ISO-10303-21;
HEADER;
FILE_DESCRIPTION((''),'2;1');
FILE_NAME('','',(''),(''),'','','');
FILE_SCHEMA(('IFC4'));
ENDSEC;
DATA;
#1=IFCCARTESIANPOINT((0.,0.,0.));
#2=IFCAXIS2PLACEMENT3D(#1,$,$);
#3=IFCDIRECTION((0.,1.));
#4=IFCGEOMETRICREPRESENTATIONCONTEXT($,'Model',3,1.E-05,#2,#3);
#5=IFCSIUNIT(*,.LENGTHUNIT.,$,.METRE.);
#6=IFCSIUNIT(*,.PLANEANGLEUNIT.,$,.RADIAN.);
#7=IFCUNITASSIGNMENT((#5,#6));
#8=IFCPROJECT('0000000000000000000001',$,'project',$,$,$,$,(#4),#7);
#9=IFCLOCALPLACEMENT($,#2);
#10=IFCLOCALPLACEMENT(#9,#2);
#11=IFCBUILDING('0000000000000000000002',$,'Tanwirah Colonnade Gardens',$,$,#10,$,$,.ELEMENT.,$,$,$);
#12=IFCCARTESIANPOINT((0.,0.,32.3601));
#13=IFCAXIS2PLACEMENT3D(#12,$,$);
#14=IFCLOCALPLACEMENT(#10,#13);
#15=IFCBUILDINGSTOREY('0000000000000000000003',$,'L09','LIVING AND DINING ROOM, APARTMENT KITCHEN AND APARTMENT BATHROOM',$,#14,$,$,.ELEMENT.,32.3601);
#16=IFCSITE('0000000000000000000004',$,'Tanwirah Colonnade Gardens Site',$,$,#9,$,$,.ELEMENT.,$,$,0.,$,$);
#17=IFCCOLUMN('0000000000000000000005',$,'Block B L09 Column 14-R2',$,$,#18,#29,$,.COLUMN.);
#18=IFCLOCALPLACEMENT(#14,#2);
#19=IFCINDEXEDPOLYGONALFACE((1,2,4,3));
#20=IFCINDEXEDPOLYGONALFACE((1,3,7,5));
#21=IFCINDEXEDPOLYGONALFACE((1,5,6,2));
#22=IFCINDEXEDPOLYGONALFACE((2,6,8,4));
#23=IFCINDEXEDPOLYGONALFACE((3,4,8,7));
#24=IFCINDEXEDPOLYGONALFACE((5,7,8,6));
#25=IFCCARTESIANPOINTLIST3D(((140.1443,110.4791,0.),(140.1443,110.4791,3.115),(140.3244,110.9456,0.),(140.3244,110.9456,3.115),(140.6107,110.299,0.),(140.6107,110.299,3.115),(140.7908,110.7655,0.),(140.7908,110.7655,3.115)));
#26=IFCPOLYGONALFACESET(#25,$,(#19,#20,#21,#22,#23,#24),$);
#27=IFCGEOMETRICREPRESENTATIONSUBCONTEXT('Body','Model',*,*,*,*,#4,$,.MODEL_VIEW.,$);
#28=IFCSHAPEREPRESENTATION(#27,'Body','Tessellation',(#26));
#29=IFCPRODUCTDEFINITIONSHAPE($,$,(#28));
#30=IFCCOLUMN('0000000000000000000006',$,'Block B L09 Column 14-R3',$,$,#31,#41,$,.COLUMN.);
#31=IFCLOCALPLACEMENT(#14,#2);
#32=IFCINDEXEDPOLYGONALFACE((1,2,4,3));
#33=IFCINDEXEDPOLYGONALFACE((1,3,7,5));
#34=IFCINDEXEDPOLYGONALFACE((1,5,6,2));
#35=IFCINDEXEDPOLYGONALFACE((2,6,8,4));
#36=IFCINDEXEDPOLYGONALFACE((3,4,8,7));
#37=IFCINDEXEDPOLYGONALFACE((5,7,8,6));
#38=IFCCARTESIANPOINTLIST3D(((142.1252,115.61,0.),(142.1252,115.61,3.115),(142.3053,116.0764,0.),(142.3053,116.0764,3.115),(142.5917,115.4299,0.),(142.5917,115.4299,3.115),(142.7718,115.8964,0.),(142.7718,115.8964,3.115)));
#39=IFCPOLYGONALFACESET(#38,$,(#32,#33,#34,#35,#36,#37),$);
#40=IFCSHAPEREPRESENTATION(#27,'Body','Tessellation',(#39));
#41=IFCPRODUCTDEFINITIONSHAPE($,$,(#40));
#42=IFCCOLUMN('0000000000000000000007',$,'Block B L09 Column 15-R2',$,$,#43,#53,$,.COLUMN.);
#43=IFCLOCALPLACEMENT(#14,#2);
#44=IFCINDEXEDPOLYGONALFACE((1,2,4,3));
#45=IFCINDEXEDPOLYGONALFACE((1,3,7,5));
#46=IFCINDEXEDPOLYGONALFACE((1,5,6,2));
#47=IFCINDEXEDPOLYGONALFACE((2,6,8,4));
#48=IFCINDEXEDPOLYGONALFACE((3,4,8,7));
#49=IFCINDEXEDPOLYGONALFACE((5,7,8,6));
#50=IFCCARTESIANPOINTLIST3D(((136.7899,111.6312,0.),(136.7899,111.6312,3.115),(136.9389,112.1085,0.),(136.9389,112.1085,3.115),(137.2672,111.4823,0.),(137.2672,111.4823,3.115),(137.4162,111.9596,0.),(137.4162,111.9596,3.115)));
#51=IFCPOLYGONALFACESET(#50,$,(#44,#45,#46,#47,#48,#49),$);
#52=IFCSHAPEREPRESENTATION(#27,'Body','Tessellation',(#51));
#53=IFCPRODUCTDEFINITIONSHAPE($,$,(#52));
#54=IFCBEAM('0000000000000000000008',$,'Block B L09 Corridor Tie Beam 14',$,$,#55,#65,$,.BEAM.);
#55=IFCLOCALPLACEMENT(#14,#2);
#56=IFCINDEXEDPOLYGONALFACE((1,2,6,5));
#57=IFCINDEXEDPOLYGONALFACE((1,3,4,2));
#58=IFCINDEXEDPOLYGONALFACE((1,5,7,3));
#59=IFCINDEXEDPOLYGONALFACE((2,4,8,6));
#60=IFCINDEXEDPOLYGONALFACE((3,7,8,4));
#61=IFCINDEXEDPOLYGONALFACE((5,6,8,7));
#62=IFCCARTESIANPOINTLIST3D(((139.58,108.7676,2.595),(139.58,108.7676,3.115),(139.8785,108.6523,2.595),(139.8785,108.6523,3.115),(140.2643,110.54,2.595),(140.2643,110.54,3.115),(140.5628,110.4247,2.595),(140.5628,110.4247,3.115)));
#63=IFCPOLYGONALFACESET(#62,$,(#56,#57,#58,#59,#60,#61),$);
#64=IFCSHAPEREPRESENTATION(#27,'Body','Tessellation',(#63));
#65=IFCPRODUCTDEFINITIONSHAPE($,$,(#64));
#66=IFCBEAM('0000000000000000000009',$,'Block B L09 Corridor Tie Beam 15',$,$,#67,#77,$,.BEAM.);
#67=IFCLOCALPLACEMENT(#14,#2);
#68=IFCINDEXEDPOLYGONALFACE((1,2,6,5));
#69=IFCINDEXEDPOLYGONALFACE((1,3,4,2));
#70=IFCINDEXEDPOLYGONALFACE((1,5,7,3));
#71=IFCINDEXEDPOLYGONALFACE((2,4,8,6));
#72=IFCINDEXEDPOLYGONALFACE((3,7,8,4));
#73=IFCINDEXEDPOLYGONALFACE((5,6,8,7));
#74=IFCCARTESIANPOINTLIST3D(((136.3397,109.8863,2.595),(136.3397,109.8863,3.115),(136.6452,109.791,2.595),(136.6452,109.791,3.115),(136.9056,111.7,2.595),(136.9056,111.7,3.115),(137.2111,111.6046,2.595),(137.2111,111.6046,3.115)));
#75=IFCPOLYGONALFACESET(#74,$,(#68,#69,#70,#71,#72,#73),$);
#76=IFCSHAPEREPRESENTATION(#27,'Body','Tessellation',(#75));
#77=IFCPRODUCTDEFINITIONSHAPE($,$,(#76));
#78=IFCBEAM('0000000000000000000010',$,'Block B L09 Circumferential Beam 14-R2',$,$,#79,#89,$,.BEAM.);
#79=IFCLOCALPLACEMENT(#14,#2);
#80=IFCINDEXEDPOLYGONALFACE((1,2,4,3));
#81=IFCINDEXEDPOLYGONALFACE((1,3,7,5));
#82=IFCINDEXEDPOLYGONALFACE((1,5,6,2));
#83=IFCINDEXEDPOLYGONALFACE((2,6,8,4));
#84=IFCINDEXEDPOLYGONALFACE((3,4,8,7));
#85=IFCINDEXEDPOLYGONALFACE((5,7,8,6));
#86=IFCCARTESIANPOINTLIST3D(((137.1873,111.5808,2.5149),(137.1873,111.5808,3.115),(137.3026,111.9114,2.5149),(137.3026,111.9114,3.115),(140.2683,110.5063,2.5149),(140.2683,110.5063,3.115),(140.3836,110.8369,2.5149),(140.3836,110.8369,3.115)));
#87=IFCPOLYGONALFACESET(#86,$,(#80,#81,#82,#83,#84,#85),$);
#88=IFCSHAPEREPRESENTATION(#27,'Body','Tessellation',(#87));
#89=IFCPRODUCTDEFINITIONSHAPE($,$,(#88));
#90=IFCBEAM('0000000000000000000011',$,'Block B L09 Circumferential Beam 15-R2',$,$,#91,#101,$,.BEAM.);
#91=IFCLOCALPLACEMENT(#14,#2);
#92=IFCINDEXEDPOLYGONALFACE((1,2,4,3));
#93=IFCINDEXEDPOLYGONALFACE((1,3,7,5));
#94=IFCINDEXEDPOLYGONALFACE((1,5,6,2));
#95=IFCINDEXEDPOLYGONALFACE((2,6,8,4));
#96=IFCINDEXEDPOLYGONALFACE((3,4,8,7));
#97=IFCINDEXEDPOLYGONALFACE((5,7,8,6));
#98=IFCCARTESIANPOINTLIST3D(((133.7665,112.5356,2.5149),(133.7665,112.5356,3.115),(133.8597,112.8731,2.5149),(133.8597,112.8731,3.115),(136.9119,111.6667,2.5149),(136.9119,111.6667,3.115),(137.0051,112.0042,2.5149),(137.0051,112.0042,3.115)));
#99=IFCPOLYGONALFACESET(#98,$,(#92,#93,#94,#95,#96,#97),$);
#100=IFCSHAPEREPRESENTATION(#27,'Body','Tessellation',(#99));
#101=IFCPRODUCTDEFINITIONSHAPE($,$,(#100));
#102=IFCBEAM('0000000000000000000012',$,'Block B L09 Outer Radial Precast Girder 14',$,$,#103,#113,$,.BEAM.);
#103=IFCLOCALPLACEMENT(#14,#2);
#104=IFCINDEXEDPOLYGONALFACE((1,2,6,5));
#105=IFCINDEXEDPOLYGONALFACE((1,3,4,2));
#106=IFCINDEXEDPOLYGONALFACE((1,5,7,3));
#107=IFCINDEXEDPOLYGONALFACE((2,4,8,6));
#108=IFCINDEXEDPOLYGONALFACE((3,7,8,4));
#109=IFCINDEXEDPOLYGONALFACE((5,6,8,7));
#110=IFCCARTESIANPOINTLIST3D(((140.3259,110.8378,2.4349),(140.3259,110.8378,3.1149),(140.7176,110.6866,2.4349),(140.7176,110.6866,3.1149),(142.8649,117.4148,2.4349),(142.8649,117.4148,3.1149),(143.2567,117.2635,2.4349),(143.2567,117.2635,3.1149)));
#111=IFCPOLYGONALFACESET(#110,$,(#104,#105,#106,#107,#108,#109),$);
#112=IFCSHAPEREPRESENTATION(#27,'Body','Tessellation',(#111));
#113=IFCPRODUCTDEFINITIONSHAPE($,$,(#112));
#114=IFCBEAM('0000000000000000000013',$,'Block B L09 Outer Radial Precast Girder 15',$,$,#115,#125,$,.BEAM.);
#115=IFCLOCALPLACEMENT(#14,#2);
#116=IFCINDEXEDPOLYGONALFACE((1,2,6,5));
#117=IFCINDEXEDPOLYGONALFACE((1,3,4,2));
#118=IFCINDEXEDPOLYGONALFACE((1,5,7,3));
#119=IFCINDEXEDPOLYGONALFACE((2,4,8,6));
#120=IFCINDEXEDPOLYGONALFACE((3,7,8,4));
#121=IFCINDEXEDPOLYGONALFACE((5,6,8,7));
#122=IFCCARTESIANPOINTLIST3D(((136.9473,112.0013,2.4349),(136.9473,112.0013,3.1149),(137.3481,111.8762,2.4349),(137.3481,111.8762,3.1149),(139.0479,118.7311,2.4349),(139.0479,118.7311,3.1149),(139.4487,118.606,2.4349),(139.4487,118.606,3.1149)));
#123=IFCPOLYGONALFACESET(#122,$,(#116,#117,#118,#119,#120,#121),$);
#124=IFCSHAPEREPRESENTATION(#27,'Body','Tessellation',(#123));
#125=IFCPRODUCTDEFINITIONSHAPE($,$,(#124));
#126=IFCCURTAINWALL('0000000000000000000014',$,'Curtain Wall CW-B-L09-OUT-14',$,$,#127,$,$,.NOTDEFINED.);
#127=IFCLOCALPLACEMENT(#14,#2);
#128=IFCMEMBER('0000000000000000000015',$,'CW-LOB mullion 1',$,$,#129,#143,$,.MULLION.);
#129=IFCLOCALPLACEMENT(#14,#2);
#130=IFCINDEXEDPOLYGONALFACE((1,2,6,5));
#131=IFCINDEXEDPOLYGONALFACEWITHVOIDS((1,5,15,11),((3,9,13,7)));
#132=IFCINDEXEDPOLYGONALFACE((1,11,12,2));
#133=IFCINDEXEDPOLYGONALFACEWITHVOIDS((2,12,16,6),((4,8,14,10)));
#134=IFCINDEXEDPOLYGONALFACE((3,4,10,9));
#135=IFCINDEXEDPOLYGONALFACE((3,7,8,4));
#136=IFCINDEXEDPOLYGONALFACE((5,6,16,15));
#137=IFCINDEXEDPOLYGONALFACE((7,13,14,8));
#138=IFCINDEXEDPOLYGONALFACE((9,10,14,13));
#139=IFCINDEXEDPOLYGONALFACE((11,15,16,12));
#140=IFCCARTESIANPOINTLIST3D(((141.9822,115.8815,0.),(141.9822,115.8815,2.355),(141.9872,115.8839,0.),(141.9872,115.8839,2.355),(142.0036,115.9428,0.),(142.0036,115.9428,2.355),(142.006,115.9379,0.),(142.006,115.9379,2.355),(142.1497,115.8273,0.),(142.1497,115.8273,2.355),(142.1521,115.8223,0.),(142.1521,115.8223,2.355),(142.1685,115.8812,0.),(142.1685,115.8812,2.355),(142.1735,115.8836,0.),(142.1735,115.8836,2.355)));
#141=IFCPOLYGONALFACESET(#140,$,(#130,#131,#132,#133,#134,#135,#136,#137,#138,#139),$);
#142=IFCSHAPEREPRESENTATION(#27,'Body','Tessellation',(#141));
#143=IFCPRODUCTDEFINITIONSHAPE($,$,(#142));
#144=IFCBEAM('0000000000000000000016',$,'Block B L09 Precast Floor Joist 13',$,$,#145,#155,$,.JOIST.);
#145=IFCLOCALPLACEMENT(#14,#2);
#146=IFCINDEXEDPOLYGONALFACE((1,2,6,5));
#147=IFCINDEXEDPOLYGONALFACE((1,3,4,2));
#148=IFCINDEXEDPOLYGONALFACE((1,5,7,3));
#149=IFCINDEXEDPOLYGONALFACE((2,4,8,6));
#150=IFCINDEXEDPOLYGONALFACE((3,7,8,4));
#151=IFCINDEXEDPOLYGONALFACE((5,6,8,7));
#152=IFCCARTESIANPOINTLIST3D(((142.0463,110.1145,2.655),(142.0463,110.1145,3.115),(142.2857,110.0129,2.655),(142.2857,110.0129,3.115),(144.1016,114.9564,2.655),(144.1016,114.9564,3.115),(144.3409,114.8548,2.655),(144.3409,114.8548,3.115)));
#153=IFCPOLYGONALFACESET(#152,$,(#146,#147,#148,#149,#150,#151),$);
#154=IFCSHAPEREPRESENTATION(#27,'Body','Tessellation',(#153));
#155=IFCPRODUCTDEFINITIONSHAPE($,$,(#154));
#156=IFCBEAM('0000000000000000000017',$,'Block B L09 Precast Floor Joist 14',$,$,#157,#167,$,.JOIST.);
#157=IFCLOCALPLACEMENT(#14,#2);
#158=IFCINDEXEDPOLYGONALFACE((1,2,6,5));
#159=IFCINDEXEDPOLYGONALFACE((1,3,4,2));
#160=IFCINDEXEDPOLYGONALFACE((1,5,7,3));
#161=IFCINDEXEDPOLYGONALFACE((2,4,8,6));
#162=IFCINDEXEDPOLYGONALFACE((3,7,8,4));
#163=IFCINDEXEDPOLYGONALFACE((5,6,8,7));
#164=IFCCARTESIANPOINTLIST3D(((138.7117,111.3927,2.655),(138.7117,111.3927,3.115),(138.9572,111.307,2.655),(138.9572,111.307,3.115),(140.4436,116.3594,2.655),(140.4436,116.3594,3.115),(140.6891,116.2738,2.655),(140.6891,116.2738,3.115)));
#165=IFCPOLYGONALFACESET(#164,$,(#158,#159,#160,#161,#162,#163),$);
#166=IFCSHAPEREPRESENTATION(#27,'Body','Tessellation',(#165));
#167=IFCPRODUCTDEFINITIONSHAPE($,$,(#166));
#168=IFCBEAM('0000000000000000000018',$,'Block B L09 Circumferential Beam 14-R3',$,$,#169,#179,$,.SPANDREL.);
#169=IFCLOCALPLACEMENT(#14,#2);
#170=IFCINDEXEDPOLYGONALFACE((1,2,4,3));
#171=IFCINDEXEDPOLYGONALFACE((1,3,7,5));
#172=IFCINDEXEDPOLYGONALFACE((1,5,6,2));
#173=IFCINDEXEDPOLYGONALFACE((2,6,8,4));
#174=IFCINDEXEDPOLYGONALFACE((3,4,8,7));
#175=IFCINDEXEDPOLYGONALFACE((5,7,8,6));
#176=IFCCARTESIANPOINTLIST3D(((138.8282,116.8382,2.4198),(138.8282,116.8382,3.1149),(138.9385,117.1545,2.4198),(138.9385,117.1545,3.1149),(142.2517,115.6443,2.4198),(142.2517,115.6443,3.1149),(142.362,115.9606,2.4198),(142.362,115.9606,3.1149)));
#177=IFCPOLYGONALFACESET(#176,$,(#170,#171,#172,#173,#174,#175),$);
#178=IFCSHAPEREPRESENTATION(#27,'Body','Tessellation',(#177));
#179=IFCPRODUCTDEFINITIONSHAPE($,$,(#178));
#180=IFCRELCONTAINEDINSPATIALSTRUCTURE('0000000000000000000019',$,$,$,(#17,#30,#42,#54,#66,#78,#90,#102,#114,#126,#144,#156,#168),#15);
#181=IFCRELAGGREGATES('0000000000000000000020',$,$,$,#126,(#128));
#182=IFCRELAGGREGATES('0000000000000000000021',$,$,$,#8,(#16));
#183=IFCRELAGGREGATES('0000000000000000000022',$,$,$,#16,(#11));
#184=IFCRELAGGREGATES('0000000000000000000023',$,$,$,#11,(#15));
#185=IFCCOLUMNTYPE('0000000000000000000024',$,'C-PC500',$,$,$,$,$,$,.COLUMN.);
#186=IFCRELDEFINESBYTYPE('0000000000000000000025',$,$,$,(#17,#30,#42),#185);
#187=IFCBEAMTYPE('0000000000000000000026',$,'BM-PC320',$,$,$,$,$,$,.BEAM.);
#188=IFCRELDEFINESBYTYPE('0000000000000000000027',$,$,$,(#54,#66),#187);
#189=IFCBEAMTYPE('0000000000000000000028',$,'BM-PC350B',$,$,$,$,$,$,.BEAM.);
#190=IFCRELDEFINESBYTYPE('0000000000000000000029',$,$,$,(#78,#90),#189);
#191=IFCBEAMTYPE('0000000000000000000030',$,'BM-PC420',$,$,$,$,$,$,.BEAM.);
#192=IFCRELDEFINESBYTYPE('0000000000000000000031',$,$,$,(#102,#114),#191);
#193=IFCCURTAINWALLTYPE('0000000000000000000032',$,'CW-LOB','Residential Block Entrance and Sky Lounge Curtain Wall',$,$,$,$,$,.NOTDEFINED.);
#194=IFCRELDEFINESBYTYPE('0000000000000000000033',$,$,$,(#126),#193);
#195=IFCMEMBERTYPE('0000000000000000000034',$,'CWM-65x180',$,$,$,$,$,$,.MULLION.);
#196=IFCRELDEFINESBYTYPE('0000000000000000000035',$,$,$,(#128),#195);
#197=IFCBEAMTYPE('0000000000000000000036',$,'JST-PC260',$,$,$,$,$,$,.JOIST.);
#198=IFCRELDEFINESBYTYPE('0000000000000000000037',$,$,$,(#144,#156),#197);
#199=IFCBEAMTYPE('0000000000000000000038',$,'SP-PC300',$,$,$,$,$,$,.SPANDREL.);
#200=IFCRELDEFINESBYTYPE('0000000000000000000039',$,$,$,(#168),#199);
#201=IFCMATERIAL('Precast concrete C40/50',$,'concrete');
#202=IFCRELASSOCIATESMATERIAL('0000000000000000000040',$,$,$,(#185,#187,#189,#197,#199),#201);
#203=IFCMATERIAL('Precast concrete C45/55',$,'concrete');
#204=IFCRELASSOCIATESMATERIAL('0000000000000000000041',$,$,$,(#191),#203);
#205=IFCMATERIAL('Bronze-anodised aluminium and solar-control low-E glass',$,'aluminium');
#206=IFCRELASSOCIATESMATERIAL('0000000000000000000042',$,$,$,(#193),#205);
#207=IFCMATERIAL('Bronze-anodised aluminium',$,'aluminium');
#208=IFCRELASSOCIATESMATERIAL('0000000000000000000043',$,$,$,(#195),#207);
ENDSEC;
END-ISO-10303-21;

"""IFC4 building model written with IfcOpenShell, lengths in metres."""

from ifc_helpers import new_model, si_unit, direction, frame, origin, origin_2d, place, context, subcontext, project, spatial, rectangle, hollow_rectangle, extrude, material, material_profile, profile_set, type_object, element, aggregate, save


model = new_model("IFC4")

# Units and contexts
model_context = context("Model", 3, precision=1e-05, world=origin(), true_north=direction((0.0, 1.0)))
body_context = subcontext(model_context, "Body", "Model", "MODEL_VIEW")
ifc_project = project(units=[si_unit("LENGTHUNIT", "METRE"), si_unit("PLANEANGLEUNIT", "RADIAN")], contexts=[model_context])

# Site, building, storey
site_placement = place(None, origin())
site = spatial("IfcSite", under=ifc_project, at=site_placement, Name="Tanwirah Colonnade Gardens Site", CompositionType="ELEMENT", RefElevation=0.0)
building_placement = place(site_placement, origin())
building = spatial("IfcBuilding", under=site, at=building_placement, Name="Tanwirah Colonnade Gardens", CompositionType="ELEMENT")
storey_placement = place(building_placement, frame((0.0, 0.0, 32.3601)))
storey = spatial("IfcBuildingStorey", under=building, at=storey_placement, Name="L09", Description="LIVING AND DINING ROOM, APARTMENT KITCHEN AND APARTMENT BATHROOM", CompositionType="ELEMENT", Elevation=32.3601)

# Columns
ifc_material_1 = material(Name="Precast concrete C40/50", Category="concrete")
ifc_material_profile_1 = material_profile(ifc_material_1, rectangle(XDim=0.5, YDim=0.5, at=origin_2d()), Name="PC-COL 500x500")
ifc_profile_set_1 = profile_set([ifc_material_profile_1], Name="Precast concrete C40/50")
column_type = type_object("IfcColumnType", Name="C-PC500", PredefinedType="COLUMN", material=ifc_profile_set_1)
for number, where, z_axis, x_axis, name in (
    (1, (140.4675, 110.6223, 0.0), (0.0, 0.0, 1.0), (0.360178, 0.932884, 0.0), "Block B L09 Column 14-R2"),
    (2, (142.4485, 115.7532, 0.0), (0.0, 0.0, 1.0), (0.360178, 0.932884, 0.0), "Block B L09 Column 14-R3"),
    (3, (137.103, 111.7954, 0.0), (0.0, 0.0, 1.0), (0.29793, 0.954588, 0.0), "Block B L09 Column 15-R2"),
):
    element("IfcColumn", number, at=place(storey_placement, frame(where, z_axis=z_axis, x_axis=x_axis)), inside=storey, type_object=column_type, Name=name, PredefinedType="COLUMN", context=body_context, shape_type="SweptSolid", body=[
        extrude(rectangle(XDim=0.5, YDim=0.5, at=origin_2d()), origin(), (0.0, 0.0, 1.0), 3.115),
    ])

# Beams
ifc_material_profile_2 = material_profile(ifc_material_1, rectangle(XDim=0.3201, YDim=0.52, at=origin_2d()), Name="PC-BM 320x520")
ifc_profile_set_2 = profile_set([ifc_material_profile_2], Name="Precast concrete C40/50")
beam_type_1 = type_object("IfcBeamType", Name="BM-PC320", PredefinedType="BEAM", material=ifc_profile_set_2)
for number, where, z_axis, x_axis, name in (
    (4, (139.7292, 108.71, 2.855), (0.360176, 0.932885, 0.0), (-0.932885, 0.360176, 0.0), "Block B L09 Corridor Tie Beam 14"),
    (5, (136.4924, 109.8386, 2.855), (0.297858, 0.95461, 0.0), (-0.95461, 0.297858, 0.0), "Block B L09 Corridor Tie Beam 15"),
):
    element("IfcBeam", number, at=place(storey_placement, frame(where, z_axis=z_axis, x_axis=x_axis)), inside=storey, type_object=beam_type_1, Name=name, PredefinedType="BEAM", context=body_context, shape_type="SweptSolid", body=[
        extrude(rectangle(XDim=0.3201, YDim=0.52, at=origin_2d()), origin(), (0.0, 0.0, 1.0), 1.8999),
    ])
ifc_material_profile_3 = material_profile(ifc_material_1, rectangle(XDim=0.3501, YDim=0.6001, at=origin_2d()), Name="PC-BM 350x600")
ifc_profile_set_3 = profile_set([ifc_material_profile_3], Name="Precast concrete C40/50")
beam_type_2 = type_object("IfcBeamType", Name="BM-PC350B", PredefinedType="BEAM", material=ifc_profile_set_3)
beam_1_placement = place(storey_placement, frame((140.3259, 110.6716, 2.8149), z_axis=(-0.944231, 0.329284, 0.0), x_axis=(-0.329284, -0.944231, 0.0)))
element("IfcBeam", 6, at=beam_1_placement, inside=storey, type_object=beam_type_2, Name="Block B L09 Circumferential Beam 14-R2", PredefinedType="BEAM", context=body_context, shape_type="SweptSolid", body=[
    extrude(rectangle(XDim=0.3501, YDim=0.6001, at=origin_2d()), origin(), (0.0, 0.0, 1.0), 3.2629),
])
beam_2_placement = place(storey_placement, frame((136.9585, 111.8354, 2.8149), z_axis=(-0.963895, 0.266281, 0.0), x_axis=(-0.266281, -0.963895, 0.0)))
element("IfcBeam", 7, at=beam_2_placement, inside=storey, type_object=beam_type_2, Name="Block B L09 Circumferential Beam 15-R2", PredefinedType="BEAM", context=body_context, shape_type="SweptSolid", body=[
    extrude(rectangle(XDim=0.3501, YDim=0.6001, at=origin_2d()), origin(), (0.0, 0.0, 1.0), 3.2632),
])
ifc_material_2 = material(Name="Precast concrete C45/55", Category="concrete")
ifc_material_profile_4 = material_profile(ifc_material_2, rectangle(XDim=0.4199, YDim=0.6799, at=origin_2d()), Name="PC-BM 420x680")
ifc_profile_set_4 = profile_set([ifc_material_profile_4], Name="Precast concrete C45/55")
beam_type_3 = type_object("IfcBeamType", Name="BM-PC420", PredefinedType="BEAM", material=ifc_profile_set_4)
for number, where, z_axis, x_axis, name in (
    (8, (140.5217, 110.7622, 2.7749), (0.360151, 0.932894, 0.0), (-0.932894, 0.360151, 0.0), "Block B L09 Outer Radial Precast Girder 14"),
    (9, (137.1477, 111.9387, 2.7749), (0.297958, 0.954579, 0.0), (-0.954579, 0.297958, 0.0), "Block B L09 Outer Radial Precast Girder 15"),
):
    element("IfcBeam", number, at=place(storey_placement, frame(where, z_axis=z_axis, x_axis=x_axis)), inside=storey, type_object=beam_type_3, Name=name, PredefinedType="BEAM", context=body_context, shape_type="SweptSolid", body=[
        extrude(rectangle(XDim=0.4199, YDim=0.6799, at=origin_2d()), origin(), (0.0, 0.0, 1.0), 7.05),
    ])

# Curtain wall, member
ifc_material_3 = material(Name="Bronze-anodised aluminium and solar-control low-E glass", Category="aluminium")
curtain_wall_type = type_object("IfcCurtainWallType", Name="CW-LOB", Description="Residential Block Entrance and Sky Lounge Curtain Wall", PredefinedType="NOTDEFINED", material=ifc_material_3)
curtain_wall_placement = place(storey_placement, origin())
curtain_wall = element("IfcCurtainWall", 10, at=curtain_wall_placement, inside=storey, type_object=curtain_wall_type, Name="Curtain Wall CW-B-L09-OUT-14", PredefinedType="NOTDEFINED")
ifc_material_4 = material(Name="Bronze-anodised aluminium", Category="aluminium")
ifc_material_profile_5 = material_profile(ifc_material_4, hollow_rectangle(XDim=0.0649, YDim=0.1799, WallThickness=0.0039, at=origin_2d()), Name="CW-MUL 65x180x4")
ifc_profile_set_5 = profile_set([ifc_material_profile_5], Name="Bronze-anodised aluminium")
member_type = type_object("IfcMemberType", Name="CWM-65x180", PredefinedType="MULLION", material=ifc_profile_set_5)
member_placement = place(storey_placement, frame((142.0779, 115.8826, 0.0), z_axis=(0.0, 0.0, 1.0), x_axis=(-0.329232, -0.944249, 0.0)))
member = element("IfcMember", 11, at=member_placement, type_object=member_type, Name="CW-LOB mullion 1", PredefinedType="MULLION", context=body_context, shape_type="SweptSolid", body=[
    extrude(hollow_rectangle(XDim=0.0649, YDim=0.1799, WallThickness=0.0039, at=origin_2d()), origin(), (0.0, 0.0, 1.0), 2.355),
])
aggregate(curtain_wall, [member])

# Beams
ifc_material_profile_6 = material_profile(ifc_material_1, rectangle(XDim=0.26, YDim=0.46, at=origin_2d()), Name="PC-JST 260x460")
ifc_profile_set_6 = profile_set([ifc_material_profile_6], Name="Precast concrete C40/50")
beam_type_4 = type_object("IfcBeamType", Name="JST-PC260", PredefinedType="JOIST", material=ifc_profile_set_6)
for number, where, z_axis, x_axis, name in (
    (12, (142.166, 110.0637, 2.885), (0.390724, 0.920508, 0.0), (-0.920508, 0.390724, 0.0), "Block B L09 Precast Floor Joist 13"),
    (13, (138.8345, 111.3499, 2.885), (0.329259, 0.94424, 0.0), (-0.94424, 0.329259, 0.0), "Block B L09 Precast Floor Joist 14"),
):
    element("IfcBeam", number, at=place(storey_placement, frame(where, z_axis=z_axis, x_axis=x_axis)), inside=storey, type_object=beam_type_4, Name=name, PredefinedType="JOIST", context=body_context, shape_type="SweptSolid", body=[
        extrude(rectangle(XDim=0.26, YDim=0.46, at=origin_2d()), origin(), (0.0, 0.0, 1.0), 5.26),
    ])
ifc_material_profile_7 = material_profile(ifc_material_1, rectangle(XDim=0.335, YDim=0.6951, at=origin_2d()), Name="PC-SP 335x695")
ifc_profile_set_7 = profile_set([ifc_material_profile_7], Name="Precast concrete C40/50")
beam_type_5 = type_object("IfcBeamType", Name="SP-PC300", PredefinedType="SPANDREL", material=ifc_profile_set_7)
beam_3_placement = place(storey_placement, frame((142.3069, 115.8025, 2.7673), z_axis=(-0.944237, 0.329267, 0.0), x_axis=(-0.329267, -0.944237, 0.0)))
element("IfcBeam", 14, at=beam_3_placement, inside=storey, type_object=beam_type_5, Name="Block B L09 Circumferential Beam 14-R3", PredefinedType="SPANDREL", context=body_context, shape_type="SweptSolid", body=[
    extrude(rectangle(XDim=0.335, YDim=0.6951, at=origin_2d()), origin(), (0.0, 0.0, 1.0), 3.6257),
])

save(model, "model.ifc")
